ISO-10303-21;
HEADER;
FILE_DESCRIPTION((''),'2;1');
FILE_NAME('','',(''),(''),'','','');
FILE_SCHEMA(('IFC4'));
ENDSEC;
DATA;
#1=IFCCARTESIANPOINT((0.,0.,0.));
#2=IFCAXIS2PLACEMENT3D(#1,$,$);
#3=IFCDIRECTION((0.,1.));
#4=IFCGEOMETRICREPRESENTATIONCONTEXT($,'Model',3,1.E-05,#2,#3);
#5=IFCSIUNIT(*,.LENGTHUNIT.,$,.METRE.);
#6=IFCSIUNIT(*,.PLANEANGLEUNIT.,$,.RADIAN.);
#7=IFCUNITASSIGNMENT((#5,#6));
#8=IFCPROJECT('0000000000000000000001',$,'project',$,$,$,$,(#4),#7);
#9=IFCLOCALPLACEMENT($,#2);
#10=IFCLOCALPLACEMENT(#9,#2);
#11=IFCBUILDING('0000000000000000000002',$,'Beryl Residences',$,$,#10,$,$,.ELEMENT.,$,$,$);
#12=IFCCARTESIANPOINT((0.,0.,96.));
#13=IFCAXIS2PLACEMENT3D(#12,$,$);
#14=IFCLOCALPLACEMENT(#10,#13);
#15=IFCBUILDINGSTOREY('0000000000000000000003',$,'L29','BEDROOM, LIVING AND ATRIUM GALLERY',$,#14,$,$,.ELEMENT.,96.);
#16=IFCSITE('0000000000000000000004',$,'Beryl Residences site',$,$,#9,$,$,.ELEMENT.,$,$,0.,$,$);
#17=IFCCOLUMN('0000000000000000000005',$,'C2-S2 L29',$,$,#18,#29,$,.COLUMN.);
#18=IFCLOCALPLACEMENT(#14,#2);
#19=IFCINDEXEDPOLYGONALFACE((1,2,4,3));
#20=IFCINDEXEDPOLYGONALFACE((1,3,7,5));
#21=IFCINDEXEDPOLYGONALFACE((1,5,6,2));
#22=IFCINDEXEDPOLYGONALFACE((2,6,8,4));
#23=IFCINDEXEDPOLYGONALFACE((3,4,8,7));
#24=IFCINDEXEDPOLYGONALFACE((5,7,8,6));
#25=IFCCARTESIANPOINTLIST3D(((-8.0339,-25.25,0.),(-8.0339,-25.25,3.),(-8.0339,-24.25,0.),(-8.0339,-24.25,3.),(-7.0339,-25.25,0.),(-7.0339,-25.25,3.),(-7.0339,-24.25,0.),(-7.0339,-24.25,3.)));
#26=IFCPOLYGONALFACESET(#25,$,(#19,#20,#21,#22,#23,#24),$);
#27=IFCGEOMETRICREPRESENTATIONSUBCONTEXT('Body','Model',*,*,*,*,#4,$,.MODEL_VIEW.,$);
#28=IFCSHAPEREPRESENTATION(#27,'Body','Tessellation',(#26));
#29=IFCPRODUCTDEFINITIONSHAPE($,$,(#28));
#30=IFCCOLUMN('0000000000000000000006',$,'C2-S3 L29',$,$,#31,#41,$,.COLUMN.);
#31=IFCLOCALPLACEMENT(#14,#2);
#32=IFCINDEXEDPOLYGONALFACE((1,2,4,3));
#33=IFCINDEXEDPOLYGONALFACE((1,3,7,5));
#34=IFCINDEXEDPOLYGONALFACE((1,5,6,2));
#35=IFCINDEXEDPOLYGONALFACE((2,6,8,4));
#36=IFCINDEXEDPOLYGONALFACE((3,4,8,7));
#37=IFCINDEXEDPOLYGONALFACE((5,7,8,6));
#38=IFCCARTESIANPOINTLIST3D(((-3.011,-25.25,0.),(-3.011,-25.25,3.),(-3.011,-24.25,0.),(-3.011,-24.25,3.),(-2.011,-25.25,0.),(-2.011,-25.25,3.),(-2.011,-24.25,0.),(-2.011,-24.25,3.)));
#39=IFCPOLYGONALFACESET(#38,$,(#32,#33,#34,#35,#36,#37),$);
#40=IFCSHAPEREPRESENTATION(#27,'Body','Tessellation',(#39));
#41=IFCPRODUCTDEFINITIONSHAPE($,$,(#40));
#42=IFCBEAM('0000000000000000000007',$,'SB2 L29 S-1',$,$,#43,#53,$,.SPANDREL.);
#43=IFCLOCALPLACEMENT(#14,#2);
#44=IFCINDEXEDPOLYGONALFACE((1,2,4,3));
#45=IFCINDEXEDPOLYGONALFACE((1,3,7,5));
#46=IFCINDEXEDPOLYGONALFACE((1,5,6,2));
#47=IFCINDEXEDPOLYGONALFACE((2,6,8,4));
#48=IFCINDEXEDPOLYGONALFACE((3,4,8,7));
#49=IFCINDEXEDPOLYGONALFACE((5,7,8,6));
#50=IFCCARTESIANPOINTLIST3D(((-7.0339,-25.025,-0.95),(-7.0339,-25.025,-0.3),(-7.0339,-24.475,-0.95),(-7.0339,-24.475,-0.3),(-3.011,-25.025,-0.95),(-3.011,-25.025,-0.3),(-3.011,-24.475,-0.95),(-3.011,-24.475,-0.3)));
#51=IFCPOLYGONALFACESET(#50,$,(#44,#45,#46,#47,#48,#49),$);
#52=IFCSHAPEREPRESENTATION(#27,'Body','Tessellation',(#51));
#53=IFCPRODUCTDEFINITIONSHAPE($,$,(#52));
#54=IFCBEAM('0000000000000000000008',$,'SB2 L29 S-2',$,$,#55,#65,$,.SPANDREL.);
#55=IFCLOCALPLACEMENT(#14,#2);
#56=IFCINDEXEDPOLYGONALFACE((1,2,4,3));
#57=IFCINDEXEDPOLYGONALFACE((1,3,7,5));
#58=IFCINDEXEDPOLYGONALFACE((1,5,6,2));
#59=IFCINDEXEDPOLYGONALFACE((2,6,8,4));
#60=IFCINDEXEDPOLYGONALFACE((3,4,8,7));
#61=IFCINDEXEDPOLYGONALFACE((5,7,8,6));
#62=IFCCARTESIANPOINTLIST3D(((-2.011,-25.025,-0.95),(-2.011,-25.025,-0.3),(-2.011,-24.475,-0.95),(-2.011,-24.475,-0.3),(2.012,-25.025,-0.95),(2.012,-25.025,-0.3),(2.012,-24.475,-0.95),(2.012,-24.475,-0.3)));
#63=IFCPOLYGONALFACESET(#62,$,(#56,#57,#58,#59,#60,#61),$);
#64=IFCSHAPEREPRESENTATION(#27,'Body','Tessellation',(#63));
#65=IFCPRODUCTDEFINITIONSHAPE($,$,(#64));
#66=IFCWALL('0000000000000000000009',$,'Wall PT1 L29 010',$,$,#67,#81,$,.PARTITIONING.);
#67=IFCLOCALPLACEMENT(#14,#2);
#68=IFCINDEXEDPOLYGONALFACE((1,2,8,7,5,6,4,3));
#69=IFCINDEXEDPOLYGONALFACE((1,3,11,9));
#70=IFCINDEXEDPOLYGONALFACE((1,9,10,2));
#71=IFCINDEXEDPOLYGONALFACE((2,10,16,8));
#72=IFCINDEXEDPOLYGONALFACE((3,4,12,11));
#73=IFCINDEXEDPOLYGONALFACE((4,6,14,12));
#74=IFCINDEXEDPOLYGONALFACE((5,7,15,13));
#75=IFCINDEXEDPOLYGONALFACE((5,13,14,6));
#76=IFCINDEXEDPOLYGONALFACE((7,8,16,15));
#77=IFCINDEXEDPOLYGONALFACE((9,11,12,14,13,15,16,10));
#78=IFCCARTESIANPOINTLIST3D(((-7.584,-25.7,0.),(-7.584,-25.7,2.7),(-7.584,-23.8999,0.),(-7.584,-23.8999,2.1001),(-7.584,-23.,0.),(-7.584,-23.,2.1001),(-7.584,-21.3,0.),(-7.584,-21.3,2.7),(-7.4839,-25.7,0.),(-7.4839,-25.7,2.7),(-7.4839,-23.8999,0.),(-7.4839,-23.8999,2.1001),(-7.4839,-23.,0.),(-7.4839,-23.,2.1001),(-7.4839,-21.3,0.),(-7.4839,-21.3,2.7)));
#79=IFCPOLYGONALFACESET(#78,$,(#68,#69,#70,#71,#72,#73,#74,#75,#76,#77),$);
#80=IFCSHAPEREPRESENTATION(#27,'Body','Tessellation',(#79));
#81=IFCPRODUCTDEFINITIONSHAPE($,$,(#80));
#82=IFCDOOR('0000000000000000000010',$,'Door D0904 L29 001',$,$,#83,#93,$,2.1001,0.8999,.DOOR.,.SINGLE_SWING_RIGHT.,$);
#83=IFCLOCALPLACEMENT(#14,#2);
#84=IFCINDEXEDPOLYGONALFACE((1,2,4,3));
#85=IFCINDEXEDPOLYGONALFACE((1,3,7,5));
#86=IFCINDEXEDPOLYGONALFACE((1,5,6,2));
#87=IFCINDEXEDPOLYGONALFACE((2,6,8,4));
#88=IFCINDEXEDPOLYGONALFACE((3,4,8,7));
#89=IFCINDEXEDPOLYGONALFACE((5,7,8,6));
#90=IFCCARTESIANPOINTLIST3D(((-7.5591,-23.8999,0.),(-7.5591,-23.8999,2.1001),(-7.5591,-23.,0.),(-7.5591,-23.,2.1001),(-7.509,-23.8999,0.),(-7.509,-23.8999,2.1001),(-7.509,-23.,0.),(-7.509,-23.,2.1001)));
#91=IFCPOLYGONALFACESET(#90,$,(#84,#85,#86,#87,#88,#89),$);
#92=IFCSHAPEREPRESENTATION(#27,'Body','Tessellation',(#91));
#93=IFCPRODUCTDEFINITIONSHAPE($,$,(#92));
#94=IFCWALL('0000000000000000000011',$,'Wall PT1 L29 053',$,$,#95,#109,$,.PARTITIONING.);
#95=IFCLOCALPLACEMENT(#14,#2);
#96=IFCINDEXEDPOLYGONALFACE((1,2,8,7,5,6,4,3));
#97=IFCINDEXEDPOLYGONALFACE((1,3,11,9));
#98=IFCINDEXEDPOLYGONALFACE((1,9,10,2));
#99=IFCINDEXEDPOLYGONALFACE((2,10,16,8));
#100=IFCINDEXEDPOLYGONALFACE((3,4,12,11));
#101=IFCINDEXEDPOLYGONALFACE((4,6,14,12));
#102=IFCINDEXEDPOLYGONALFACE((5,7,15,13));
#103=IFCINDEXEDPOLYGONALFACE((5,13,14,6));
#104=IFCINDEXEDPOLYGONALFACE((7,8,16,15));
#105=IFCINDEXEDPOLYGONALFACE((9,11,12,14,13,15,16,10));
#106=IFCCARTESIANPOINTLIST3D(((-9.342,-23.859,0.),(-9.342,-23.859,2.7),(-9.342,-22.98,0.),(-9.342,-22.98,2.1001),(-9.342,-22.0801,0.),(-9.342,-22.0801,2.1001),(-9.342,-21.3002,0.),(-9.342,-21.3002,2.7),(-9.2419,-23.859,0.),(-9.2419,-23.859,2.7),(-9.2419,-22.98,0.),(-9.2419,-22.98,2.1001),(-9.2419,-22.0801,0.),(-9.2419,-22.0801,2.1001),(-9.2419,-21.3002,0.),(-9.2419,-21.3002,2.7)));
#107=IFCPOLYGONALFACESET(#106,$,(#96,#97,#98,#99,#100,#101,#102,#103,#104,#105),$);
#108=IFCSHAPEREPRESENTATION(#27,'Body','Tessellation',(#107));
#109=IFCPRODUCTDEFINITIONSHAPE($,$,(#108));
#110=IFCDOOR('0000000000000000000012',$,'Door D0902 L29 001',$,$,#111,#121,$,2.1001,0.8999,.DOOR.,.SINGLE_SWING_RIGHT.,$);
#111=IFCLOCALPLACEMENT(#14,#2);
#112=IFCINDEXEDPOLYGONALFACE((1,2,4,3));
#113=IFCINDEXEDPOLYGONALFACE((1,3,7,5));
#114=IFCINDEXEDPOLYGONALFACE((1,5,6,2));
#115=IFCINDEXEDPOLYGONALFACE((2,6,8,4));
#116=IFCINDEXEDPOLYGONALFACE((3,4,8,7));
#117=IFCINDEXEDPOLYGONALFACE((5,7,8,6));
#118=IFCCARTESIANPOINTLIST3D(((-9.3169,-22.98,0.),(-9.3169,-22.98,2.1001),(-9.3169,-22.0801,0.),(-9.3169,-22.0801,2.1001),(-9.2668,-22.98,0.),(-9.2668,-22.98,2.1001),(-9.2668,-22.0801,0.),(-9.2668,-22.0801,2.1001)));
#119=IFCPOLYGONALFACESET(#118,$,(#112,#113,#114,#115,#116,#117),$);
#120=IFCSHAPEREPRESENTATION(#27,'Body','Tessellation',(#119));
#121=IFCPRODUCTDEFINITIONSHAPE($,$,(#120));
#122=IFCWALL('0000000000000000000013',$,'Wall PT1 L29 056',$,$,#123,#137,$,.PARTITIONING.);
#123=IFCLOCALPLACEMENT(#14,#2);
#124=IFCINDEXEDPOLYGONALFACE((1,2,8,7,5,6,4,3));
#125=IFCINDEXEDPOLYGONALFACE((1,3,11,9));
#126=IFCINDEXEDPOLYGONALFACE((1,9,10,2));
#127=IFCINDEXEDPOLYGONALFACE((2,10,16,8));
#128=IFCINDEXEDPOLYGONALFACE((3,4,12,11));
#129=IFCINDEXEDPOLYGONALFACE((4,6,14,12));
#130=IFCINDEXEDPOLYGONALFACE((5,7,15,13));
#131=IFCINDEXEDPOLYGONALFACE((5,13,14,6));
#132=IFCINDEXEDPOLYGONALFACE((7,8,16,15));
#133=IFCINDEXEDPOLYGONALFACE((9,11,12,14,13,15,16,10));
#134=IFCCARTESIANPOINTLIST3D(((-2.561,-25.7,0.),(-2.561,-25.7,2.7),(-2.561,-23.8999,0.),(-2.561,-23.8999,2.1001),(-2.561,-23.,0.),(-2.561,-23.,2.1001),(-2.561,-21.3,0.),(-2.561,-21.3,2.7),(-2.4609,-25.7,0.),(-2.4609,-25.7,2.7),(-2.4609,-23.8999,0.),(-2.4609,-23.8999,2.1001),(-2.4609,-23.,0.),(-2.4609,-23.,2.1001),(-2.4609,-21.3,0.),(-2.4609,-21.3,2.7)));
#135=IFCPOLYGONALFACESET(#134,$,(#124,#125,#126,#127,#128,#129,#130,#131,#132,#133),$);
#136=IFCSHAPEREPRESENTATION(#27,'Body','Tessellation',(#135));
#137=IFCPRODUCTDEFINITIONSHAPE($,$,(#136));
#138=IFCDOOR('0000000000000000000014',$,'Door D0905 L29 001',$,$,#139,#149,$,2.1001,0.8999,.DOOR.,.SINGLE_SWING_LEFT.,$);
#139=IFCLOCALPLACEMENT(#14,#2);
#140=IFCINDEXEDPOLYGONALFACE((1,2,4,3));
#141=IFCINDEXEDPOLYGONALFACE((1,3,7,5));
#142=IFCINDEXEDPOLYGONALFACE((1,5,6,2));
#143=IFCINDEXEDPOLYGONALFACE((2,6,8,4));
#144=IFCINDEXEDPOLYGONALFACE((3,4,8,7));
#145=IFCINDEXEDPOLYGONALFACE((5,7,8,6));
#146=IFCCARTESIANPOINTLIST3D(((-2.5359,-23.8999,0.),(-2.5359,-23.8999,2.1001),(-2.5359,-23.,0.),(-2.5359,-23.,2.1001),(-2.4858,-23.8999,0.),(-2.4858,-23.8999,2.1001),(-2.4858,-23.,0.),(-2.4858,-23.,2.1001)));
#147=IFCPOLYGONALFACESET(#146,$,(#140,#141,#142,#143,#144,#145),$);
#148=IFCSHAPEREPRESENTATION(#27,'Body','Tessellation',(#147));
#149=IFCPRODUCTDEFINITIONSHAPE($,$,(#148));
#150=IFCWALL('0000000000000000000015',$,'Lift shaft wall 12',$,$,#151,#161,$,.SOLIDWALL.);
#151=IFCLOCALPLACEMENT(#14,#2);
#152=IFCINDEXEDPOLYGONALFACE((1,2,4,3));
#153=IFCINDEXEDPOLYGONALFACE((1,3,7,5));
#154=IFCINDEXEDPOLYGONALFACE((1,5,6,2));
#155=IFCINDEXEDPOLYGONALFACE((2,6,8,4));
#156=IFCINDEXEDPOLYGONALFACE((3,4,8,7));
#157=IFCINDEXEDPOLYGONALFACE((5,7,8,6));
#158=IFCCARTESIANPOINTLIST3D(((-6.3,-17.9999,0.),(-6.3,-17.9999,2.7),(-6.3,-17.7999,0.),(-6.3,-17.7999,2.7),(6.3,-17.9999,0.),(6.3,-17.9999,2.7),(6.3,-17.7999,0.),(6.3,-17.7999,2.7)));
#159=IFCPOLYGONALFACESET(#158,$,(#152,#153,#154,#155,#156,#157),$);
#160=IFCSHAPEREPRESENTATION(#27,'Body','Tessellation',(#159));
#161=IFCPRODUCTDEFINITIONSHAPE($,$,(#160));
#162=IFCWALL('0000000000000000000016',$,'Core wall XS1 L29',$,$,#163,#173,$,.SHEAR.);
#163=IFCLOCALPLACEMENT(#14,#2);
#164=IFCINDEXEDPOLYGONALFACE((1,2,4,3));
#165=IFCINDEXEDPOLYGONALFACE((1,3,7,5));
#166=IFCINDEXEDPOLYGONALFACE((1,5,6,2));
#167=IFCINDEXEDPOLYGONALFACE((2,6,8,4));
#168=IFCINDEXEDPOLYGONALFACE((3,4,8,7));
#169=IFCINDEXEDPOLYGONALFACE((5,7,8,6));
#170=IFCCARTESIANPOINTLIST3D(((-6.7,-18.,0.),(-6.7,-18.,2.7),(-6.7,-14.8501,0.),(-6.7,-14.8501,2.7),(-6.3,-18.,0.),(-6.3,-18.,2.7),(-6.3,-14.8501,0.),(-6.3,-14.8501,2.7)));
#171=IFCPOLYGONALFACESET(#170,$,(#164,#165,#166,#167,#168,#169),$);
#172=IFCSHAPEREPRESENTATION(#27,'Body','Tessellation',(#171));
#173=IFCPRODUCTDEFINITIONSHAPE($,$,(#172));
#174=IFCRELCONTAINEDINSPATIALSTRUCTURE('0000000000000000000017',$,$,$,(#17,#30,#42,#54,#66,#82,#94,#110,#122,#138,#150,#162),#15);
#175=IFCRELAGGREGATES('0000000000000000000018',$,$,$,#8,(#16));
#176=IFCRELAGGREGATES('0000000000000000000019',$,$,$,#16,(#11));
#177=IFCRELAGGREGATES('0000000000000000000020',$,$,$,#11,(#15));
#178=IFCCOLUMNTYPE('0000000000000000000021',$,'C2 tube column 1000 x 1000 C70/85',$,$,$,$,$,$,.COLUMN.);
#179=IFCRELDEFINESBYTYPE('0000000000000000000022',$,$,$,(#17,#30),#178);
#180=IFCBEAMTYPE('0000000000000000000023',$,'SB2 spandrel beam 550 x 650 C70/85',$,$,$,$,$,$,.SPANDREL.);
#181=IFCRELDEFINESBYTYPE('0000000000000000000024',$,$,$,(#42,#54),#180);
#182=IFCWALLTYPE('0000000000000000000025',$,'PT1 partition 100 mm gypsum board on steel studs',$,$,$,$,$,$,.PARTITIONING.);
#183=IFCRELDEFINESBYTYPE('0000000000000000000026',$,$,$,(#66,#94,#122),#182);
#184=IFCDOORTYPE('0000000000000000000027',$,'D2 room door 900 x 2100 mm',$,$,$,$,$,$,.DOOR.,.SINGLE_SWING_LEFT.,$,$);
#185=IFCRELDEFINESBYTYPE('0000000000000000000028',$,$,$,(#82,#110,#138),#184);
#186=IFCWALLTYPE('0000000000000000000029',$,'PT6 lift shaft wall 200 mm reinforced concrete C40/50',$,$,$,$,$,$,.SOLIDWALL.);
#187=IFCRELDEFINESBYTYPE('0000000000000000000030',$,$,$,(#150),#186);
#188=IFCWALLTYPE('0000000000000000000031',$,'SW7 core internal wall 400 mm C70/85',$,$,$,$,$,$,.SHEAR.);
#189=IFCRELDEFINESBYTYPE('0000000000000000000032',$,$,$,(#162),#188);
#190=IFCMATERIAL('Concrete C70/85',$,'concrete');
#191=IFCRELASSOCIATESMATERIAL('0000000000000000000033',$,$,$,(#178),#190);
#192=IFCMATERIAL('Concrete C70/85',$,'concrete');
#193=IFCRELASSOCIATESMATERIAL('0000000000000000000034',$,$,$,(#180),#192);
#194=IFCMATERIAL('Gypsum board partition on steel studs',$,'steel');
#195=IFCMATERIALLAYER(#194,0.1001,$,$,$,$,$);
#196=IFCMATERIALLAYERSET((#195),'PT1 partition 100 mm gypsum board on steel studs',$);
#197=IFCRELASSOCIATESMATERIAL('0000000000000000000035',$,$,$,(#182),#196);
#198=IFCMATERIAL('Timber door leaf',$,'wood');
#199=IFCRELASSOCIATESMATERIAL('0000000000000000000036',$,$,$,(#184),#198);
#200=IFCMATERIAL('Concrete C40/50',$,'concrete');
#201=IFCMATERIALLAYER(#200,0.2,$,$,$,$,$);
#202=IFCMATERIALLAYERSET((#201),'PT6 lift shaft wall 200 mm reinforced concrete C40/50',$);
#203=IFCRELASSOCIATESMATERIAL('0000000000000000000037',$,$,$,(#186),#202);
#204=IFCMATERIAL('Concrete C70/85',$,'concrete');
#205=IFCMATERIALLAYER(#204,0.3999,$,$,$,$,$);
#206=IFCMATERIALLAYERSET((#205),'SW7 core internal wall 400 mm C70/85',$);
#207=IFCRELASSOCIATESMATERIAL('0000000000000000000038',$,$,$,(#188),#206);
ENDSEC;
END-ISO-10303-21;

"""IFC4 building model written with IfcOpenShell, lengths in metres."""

from ifc_helpers import new_model, si_unit, direction, frame, frame_2d, origin, origin_2d, place, context, subcontext, project, spatial, rectangle, extrude, material, layer, layer_set, material_profile, profile_set, type_object, element, fill, save


model = new_model("IFC4")

# Units and contexts
model_context = context("Model", 3, precision=1e-05, world=origin(), true_north=direction((0.0, 1.0)))
body_context = subcontext(model_context, "Body", "Model", "MODEL_VIEW")
ifc_project = project(units=[si_unit("LENGTHUNIT", "METRE"), si_unit("PLANEANGLEUNIT", "RADIAN")], contexts=[model_context])

# Site, building, storey
site_placement = place(None, origin())
site = spatial("IfcSite", under=ifc_project, at=site_placement, Name="Beryl Residences site", CompositionType="ELEMENT", RefElevation=0.0)
building_placement = place(site_placement, origin())
building = spatial("IfcBuilding", under=site, at=building_placement, Name="Beryl Residences", CompositionType="ELEMENT")
storey_placement = place(building_placement, frame((0.0, 0.0, 96.0)))
storey = spatial("IfcBuildingStorey", under=building, at=storey_placement, Name="L29", Description="BEDROOM, LIVING AND ATRIUM GALLERY", CompositionType="ELEMENT", Elevation=96.0)

# Columns
ifc_material_1 = material(Name="Concrete C70/85", Category="concrete")
ifc_material_profile_1 = material_profile(ifc_material_1, rectangle(XDim=1.0, YDim=1.0, at=origin_2d()))
ifc_profile_set_1 = profile_set([ifc_material_profile_1], Name="Concrete C70/85")
column_type = type_object("IfcColumnType", Name="C2 tube column 1000 x 1000 C70/85", PredefinedType="COLUMN", material=ifc_profile_set_1)
for number, where, z_axis, x_axis, name in (
    (1, (-7.5339, -24.75, 0.0), (0.0, 0.0, 1.0), (1.0, 0.0, 0.0), "C2-S2 L29"),
    (2, (-2.511, -24.75, 0.0), (0.0, 0.0, 1.0), (1.0, 0.0, 0.0), "C2-S3 L29"),
):
    element("IfcColumn", number, at=place(storey_placement, frame(where, z_axis=z_axis, x_axis=x_axis)), inside=storey, type_object=column_type, Name=name, PredefinedType="COLUMN", context=body_context, shape_type="SweptSolid", body=[
        extrude(rectangle(XDim=1.0, YDim=1.0, at=origin_2d()), origin(), (0.0, 0.0, 1.0), 3.0),
    ])

# Beams
ifc_material_2 = material(Name="Concrete C70/85", Category="concrete")
ifc_material_profile_2 = material_profile(ifc_material_2, rectangle(XDim=0.55, YDim=0.6499, at=origin_2d()))
ifc_profile_set_2 = profile_set([ifc_material_profile_2], Name="Concrete C70/85")
beam_type = type_object("IfcBeamType", Name="SB2 spandrel beam 550 x 650 C70/85", PredefinedType="SPANDREL", material=ifc_profile_set_2)
for number, where, z_axis, x_axis, name in (
    (3, (-7.0339, -24.75, -0.625), (1.0, 0.0, 0.0), (0.0, 1.0, 0.0), "SB2 L29 S-1"),
    (4, (-2.011, -24.75, -0.625), (1.0, 0.0, 0.0), (0.0, 1.0, 0.0), "SB2 L29 S-2"),
):
    element("IfcBeam", number, at=place(storey_placement, frame(where, z_axis=z_axis, x_axis=x_axis)), inside=storey, type_object=beam_type, Name=name, PredefinedType="SPANDREL", context=body_context, shape_type="SweptSolid", body=[
        extrude(rectangle(XDim=0.55, YDim=0.6499, at=origin_2d()), origin(), (0.0, 0.0, 1.0), 4.0229),
    ])

# Walls, openings, doors
ifc_material_3 = material(Name="Gypsum board partition on steel studs", Category="steel")
ifc_layer_1 = layer(ifc_material_3, 0.1001)
ifc_layer_set_1 = layer_set([ifc_layer_1], Name="PT1 partition 100 mm gypsum board on steel studs")
wall_type_1 = type_object("IfcWallType", Name="PT1 partition 100 mm gypsum board on steel studs", PredefinedType="PARTITIONING", material=ifc_layer_set_1)
wall_1_placement = place(storey_placement, frame((-7.5339, -21.3, 0.0), z_axis=(0.0, 0.0, 1.0), x_axis=(0.0, -1.0, 0.0)))
wall_1 = element("IfcWall", 5, at=wall_1_placement, inside=storey, type_object=wall_type_1, Name="Wall PT1 L29 010", PredefinedType="PARTITIONING", context=body_context, shape_type="SweptSolid", body=[
    extrude(rectangle(XDim=4.3999, YDim=0.1001, at=frame_2d((2.2, 0.0))), origin(), (0.0, 0.0, 1.0), 2.7),
])
opening_1_placement = place(wall_1_placement, frame((1.7, 0.0, 0.0)))
opening_1 = element("IfcOpeningElement", 6, at=opening_1_placement, cuts=wall_1, PredefinedType="OPENING", context=body_context, shape_type="SweptSolid", body=[
    extrude(rectangle(XDim=0.8999, YDim=2.1001, at=frame_2d((0.45, 1.05))), frame((0.0, 0.0601, 0.0), z_axis=(0.0, -1.0, 0.0), x_axis=(1.0, 0.0, 0.0)), (0.0, 0.0, 1.0), 0.1201),
])
ifc_material_4 = material(Name="Timber door leaf", Category="wood")
door_type = type_object("IfcDoorType", Name="D2 room door 900 x 2100 mm", OperationType="SINGLE_SWING_LEFT", PredefinedType="DOOR", material=ifc_material_4)
door_1_placement = place(opening_1_placement, origin())
door_1 = element("IfcDoor", 7, at=door_1_placement, inside=storey, type_object=door_type, Name="Door D0904 L29 001", OperationType="SINGLE_SWING_RIGHT", OverallHeight=2.1001, OverallWidth=0.8999, PredefinedType="DOOR", context=body_context, shape_type="SweptSolid", body=[
    extrude(rectangle(XDim=0.8999, YDim=2.1001, at=frame_2d((0.45, 1.05))), frame((0.0, 0.0249, 0.0), z_axis=(0.0, -1.0, 0.0), x_axis=(1.0, 0.0, 0.0)), (0.0, 0.0, 1.0), 0.05),
])
fill(opening_1, door_1)
wall_2_placement = place(storey_placement, frame((-9.292, -23.8589, 0.0), z_axis=(0.0, 0.0, 1.0), x_axis=(0.0, 1.0, 0.0)))
wall_2 = element("IfcWall", 8, at=wall_2_placement, inside=storey, type_object=wall_type_1, Name="Wall PT1 L29 053", PredefinedType="PARTITIONING", context=body_context, shape_type="SweptSolid", body=[
    extrude(rectangle(XDim=2.5588, YDim=0.1001, at=frame_2d((1.2793, 0.0))), origin(), (0.0, 0.0, 1.0), 2.7),
])
opening_2_placement = place(wall_2_placement, frame((0.8789, 0.0, 0.0)))
opening_2 = element("IfcOpeningElement", 9, at=opening_2_placement, cuts=wall_2, PredefinedType="OPENING", context=body_context, shape_type="SweptSolid", body=[
    extrude(rectangle(XDim=0.8999, YDim=2.1001, at=frame_2d((0.45, 1.05))), frame((0.0, 0.0601, 0.0), z_axis=(0.0, -1.0, 0.0), x_axis=(1.0, 0.0, 0.0)), (0.0, 0.0, 1.0), 0.1201),
])
door_2_placement = place(opening_2_placement, origin())
door_2 = element("IfcDoor", 10, at=door_2_placement, inside=storey, type_object=door_type, Name="Door D0902 L29 001", OperationType="SINGLE_SWING_RIGHT", OverallHeight=2.1001, OverallWidth=0.8999, PredefinedType="DOOR", context=body_context, shape_type="SweptSolid", body=[
    extrude(rectangle(XDim=0.8999, YDim=2.1001, at=frame_2d((0.45, 1.05))), frame((0.0, 0.0249, 0.0), z_axis=(0.0, -1.0, 0.0), x_axis=(1.0, 0.0, 0.0)), (0.0, 0.0, 1.0), 0.05),
])
fill(opening_2, door_2)
wall_3_placement = place(storey_placement, frame((-2.511, -25.7, 0.0), z_axis=(0.0, 0.0, 1.0), x_axis=(0.0, 1.0, 0.0)))
wall_3 = element("IfcWall", 11, at=wall_3_placement, inside=storey, type_object=wall_type_1, Name="Wall PT1 L29 056", PredefinedType="PARTITIONING", context=body_context, shape_type="SweptSolid", body=[
    extrude(rectangle(XDim=4.3999, YDim=0.1001, at=frame_2d((2.2, 0.0))), origin(), (0.0, 0.0, 1.0), 2.7),
])
opening_3_placement = place(wall_3_placement, frame((1.8, 0.0, 0.0)))
opening_3 = element("IfcOpeningElement", 12, at=opening_3_placement, cuts=wall_3, PredefinedType="OPENING", context=body_context, shape_type="SweptSolid", body=[
    extrude(rectangle(XDim=0.8999, YDim=2.1001, at=frame_2d((0.45, 1.05))), frame((0.0, 0.0601, 0.0), z_axis=(0.0, -1.0, 0.0), x_axis=(1.0, 0.0, 0.0)), (0.0, 0.0, 1.0), 0.1201),
])
door_3_placement = place(opening_3_placement, origin())
door_3 = element("IfcDoor", 13, at=door_3_placement, inside=storey, type_object=door_type, Name="Door D0905 L29 001", OperationType="SINGLE_SWING_LEFT", OverallHeight=2.1001, OverallWidth=0.8999, PredefinedType="DOOR", context=body_context, shape_type="SweptSolid", body=[
    extrude(rectangle(XDim=0.8999, YDim=2.1001, at=frame_2d((0.45, 1.05))), frame((0.0, 0.0249, 0.0), z_axis=(0.0, -1.0, 0.0), x_axis=(1.0, 0.0, 0.0)), (0.0, 0.0, 1.0), 0.05),
])
fill(opening_3, door_3)

# Walls
ifc_material_5 = material(Name="Concrete C40/50", Category="concrete")
ifc_layer_2 = layer(ifc_material_5, 0.2)
ifc_layer_set_2 = layer_set([ifc_layer_2], Name="PT6 lift shaft wall 200 mm reinforced concrete C40/50")
wall_type_2 = type_object("IfcWallType", Name="PT6 lift shaft wall 200 mm reinforced concrete C40/50", PredefinedType="SOLIDWALL", material=ifc_layer_set_2)
wall_4_placement = place(storey_placement, frame((-6.3, -17.8999, 0.0), z_axis=(0.0, 0.0, 1.0), x_axis=(1.0, 0.0, 0.0)))
element("IfcWall", 14, at=wall_4_placement, inside=storey, type_object=wall_type_2, Name="Lift shaft wall 12", PredefinedType="SOLIDWALL", context=body_context, shape_type="SweptSolid", body=[
    extrude(rectangle(XDim=12.6001, YDim=0.2, at=frame_2d((6.3, 0.0))), origin(), (0.0, 0.0, 1.0), 2.7),
])
ifc_material_6 = material(Name="Concrete C70/85", Category="concrete")
ifc_layer_3 = layer(ifc_material_6, 0.3999)
ifc_layer_set_3 = layer_set([ifc_layer_3], Name="SW7 core internal wall 400 mm C70/85")
wall_type_3 = type_object("IfcWallType", Name="SW7 core internal wall 400 mm C70/85", PredefinedType="SHEAR", material=ifc_layer_set_3)
wall_5_placement = place(storey_placement, frame((-6.5, -18.0, 0.0), z_axis=(0.0, 0.0, 1.0), x_axis=(0.0, 1.0, 0.0)))
element("IfcWall", 15, at=wall_5_placement, inside=storey, type_object=wall_type_3, Name="Core wall XS1 L29", PredefinedType="SHEAR", context=body_context, shape_type="SweptSolid", body=[
    extrude(rectangle(XDim=3.1499, YDim=0.3999, at=frame_2d((1.575, 0.0))), origin(), (0.0, 0.0, 1.0), 2.7),
])

save(model, "model.ifc")
